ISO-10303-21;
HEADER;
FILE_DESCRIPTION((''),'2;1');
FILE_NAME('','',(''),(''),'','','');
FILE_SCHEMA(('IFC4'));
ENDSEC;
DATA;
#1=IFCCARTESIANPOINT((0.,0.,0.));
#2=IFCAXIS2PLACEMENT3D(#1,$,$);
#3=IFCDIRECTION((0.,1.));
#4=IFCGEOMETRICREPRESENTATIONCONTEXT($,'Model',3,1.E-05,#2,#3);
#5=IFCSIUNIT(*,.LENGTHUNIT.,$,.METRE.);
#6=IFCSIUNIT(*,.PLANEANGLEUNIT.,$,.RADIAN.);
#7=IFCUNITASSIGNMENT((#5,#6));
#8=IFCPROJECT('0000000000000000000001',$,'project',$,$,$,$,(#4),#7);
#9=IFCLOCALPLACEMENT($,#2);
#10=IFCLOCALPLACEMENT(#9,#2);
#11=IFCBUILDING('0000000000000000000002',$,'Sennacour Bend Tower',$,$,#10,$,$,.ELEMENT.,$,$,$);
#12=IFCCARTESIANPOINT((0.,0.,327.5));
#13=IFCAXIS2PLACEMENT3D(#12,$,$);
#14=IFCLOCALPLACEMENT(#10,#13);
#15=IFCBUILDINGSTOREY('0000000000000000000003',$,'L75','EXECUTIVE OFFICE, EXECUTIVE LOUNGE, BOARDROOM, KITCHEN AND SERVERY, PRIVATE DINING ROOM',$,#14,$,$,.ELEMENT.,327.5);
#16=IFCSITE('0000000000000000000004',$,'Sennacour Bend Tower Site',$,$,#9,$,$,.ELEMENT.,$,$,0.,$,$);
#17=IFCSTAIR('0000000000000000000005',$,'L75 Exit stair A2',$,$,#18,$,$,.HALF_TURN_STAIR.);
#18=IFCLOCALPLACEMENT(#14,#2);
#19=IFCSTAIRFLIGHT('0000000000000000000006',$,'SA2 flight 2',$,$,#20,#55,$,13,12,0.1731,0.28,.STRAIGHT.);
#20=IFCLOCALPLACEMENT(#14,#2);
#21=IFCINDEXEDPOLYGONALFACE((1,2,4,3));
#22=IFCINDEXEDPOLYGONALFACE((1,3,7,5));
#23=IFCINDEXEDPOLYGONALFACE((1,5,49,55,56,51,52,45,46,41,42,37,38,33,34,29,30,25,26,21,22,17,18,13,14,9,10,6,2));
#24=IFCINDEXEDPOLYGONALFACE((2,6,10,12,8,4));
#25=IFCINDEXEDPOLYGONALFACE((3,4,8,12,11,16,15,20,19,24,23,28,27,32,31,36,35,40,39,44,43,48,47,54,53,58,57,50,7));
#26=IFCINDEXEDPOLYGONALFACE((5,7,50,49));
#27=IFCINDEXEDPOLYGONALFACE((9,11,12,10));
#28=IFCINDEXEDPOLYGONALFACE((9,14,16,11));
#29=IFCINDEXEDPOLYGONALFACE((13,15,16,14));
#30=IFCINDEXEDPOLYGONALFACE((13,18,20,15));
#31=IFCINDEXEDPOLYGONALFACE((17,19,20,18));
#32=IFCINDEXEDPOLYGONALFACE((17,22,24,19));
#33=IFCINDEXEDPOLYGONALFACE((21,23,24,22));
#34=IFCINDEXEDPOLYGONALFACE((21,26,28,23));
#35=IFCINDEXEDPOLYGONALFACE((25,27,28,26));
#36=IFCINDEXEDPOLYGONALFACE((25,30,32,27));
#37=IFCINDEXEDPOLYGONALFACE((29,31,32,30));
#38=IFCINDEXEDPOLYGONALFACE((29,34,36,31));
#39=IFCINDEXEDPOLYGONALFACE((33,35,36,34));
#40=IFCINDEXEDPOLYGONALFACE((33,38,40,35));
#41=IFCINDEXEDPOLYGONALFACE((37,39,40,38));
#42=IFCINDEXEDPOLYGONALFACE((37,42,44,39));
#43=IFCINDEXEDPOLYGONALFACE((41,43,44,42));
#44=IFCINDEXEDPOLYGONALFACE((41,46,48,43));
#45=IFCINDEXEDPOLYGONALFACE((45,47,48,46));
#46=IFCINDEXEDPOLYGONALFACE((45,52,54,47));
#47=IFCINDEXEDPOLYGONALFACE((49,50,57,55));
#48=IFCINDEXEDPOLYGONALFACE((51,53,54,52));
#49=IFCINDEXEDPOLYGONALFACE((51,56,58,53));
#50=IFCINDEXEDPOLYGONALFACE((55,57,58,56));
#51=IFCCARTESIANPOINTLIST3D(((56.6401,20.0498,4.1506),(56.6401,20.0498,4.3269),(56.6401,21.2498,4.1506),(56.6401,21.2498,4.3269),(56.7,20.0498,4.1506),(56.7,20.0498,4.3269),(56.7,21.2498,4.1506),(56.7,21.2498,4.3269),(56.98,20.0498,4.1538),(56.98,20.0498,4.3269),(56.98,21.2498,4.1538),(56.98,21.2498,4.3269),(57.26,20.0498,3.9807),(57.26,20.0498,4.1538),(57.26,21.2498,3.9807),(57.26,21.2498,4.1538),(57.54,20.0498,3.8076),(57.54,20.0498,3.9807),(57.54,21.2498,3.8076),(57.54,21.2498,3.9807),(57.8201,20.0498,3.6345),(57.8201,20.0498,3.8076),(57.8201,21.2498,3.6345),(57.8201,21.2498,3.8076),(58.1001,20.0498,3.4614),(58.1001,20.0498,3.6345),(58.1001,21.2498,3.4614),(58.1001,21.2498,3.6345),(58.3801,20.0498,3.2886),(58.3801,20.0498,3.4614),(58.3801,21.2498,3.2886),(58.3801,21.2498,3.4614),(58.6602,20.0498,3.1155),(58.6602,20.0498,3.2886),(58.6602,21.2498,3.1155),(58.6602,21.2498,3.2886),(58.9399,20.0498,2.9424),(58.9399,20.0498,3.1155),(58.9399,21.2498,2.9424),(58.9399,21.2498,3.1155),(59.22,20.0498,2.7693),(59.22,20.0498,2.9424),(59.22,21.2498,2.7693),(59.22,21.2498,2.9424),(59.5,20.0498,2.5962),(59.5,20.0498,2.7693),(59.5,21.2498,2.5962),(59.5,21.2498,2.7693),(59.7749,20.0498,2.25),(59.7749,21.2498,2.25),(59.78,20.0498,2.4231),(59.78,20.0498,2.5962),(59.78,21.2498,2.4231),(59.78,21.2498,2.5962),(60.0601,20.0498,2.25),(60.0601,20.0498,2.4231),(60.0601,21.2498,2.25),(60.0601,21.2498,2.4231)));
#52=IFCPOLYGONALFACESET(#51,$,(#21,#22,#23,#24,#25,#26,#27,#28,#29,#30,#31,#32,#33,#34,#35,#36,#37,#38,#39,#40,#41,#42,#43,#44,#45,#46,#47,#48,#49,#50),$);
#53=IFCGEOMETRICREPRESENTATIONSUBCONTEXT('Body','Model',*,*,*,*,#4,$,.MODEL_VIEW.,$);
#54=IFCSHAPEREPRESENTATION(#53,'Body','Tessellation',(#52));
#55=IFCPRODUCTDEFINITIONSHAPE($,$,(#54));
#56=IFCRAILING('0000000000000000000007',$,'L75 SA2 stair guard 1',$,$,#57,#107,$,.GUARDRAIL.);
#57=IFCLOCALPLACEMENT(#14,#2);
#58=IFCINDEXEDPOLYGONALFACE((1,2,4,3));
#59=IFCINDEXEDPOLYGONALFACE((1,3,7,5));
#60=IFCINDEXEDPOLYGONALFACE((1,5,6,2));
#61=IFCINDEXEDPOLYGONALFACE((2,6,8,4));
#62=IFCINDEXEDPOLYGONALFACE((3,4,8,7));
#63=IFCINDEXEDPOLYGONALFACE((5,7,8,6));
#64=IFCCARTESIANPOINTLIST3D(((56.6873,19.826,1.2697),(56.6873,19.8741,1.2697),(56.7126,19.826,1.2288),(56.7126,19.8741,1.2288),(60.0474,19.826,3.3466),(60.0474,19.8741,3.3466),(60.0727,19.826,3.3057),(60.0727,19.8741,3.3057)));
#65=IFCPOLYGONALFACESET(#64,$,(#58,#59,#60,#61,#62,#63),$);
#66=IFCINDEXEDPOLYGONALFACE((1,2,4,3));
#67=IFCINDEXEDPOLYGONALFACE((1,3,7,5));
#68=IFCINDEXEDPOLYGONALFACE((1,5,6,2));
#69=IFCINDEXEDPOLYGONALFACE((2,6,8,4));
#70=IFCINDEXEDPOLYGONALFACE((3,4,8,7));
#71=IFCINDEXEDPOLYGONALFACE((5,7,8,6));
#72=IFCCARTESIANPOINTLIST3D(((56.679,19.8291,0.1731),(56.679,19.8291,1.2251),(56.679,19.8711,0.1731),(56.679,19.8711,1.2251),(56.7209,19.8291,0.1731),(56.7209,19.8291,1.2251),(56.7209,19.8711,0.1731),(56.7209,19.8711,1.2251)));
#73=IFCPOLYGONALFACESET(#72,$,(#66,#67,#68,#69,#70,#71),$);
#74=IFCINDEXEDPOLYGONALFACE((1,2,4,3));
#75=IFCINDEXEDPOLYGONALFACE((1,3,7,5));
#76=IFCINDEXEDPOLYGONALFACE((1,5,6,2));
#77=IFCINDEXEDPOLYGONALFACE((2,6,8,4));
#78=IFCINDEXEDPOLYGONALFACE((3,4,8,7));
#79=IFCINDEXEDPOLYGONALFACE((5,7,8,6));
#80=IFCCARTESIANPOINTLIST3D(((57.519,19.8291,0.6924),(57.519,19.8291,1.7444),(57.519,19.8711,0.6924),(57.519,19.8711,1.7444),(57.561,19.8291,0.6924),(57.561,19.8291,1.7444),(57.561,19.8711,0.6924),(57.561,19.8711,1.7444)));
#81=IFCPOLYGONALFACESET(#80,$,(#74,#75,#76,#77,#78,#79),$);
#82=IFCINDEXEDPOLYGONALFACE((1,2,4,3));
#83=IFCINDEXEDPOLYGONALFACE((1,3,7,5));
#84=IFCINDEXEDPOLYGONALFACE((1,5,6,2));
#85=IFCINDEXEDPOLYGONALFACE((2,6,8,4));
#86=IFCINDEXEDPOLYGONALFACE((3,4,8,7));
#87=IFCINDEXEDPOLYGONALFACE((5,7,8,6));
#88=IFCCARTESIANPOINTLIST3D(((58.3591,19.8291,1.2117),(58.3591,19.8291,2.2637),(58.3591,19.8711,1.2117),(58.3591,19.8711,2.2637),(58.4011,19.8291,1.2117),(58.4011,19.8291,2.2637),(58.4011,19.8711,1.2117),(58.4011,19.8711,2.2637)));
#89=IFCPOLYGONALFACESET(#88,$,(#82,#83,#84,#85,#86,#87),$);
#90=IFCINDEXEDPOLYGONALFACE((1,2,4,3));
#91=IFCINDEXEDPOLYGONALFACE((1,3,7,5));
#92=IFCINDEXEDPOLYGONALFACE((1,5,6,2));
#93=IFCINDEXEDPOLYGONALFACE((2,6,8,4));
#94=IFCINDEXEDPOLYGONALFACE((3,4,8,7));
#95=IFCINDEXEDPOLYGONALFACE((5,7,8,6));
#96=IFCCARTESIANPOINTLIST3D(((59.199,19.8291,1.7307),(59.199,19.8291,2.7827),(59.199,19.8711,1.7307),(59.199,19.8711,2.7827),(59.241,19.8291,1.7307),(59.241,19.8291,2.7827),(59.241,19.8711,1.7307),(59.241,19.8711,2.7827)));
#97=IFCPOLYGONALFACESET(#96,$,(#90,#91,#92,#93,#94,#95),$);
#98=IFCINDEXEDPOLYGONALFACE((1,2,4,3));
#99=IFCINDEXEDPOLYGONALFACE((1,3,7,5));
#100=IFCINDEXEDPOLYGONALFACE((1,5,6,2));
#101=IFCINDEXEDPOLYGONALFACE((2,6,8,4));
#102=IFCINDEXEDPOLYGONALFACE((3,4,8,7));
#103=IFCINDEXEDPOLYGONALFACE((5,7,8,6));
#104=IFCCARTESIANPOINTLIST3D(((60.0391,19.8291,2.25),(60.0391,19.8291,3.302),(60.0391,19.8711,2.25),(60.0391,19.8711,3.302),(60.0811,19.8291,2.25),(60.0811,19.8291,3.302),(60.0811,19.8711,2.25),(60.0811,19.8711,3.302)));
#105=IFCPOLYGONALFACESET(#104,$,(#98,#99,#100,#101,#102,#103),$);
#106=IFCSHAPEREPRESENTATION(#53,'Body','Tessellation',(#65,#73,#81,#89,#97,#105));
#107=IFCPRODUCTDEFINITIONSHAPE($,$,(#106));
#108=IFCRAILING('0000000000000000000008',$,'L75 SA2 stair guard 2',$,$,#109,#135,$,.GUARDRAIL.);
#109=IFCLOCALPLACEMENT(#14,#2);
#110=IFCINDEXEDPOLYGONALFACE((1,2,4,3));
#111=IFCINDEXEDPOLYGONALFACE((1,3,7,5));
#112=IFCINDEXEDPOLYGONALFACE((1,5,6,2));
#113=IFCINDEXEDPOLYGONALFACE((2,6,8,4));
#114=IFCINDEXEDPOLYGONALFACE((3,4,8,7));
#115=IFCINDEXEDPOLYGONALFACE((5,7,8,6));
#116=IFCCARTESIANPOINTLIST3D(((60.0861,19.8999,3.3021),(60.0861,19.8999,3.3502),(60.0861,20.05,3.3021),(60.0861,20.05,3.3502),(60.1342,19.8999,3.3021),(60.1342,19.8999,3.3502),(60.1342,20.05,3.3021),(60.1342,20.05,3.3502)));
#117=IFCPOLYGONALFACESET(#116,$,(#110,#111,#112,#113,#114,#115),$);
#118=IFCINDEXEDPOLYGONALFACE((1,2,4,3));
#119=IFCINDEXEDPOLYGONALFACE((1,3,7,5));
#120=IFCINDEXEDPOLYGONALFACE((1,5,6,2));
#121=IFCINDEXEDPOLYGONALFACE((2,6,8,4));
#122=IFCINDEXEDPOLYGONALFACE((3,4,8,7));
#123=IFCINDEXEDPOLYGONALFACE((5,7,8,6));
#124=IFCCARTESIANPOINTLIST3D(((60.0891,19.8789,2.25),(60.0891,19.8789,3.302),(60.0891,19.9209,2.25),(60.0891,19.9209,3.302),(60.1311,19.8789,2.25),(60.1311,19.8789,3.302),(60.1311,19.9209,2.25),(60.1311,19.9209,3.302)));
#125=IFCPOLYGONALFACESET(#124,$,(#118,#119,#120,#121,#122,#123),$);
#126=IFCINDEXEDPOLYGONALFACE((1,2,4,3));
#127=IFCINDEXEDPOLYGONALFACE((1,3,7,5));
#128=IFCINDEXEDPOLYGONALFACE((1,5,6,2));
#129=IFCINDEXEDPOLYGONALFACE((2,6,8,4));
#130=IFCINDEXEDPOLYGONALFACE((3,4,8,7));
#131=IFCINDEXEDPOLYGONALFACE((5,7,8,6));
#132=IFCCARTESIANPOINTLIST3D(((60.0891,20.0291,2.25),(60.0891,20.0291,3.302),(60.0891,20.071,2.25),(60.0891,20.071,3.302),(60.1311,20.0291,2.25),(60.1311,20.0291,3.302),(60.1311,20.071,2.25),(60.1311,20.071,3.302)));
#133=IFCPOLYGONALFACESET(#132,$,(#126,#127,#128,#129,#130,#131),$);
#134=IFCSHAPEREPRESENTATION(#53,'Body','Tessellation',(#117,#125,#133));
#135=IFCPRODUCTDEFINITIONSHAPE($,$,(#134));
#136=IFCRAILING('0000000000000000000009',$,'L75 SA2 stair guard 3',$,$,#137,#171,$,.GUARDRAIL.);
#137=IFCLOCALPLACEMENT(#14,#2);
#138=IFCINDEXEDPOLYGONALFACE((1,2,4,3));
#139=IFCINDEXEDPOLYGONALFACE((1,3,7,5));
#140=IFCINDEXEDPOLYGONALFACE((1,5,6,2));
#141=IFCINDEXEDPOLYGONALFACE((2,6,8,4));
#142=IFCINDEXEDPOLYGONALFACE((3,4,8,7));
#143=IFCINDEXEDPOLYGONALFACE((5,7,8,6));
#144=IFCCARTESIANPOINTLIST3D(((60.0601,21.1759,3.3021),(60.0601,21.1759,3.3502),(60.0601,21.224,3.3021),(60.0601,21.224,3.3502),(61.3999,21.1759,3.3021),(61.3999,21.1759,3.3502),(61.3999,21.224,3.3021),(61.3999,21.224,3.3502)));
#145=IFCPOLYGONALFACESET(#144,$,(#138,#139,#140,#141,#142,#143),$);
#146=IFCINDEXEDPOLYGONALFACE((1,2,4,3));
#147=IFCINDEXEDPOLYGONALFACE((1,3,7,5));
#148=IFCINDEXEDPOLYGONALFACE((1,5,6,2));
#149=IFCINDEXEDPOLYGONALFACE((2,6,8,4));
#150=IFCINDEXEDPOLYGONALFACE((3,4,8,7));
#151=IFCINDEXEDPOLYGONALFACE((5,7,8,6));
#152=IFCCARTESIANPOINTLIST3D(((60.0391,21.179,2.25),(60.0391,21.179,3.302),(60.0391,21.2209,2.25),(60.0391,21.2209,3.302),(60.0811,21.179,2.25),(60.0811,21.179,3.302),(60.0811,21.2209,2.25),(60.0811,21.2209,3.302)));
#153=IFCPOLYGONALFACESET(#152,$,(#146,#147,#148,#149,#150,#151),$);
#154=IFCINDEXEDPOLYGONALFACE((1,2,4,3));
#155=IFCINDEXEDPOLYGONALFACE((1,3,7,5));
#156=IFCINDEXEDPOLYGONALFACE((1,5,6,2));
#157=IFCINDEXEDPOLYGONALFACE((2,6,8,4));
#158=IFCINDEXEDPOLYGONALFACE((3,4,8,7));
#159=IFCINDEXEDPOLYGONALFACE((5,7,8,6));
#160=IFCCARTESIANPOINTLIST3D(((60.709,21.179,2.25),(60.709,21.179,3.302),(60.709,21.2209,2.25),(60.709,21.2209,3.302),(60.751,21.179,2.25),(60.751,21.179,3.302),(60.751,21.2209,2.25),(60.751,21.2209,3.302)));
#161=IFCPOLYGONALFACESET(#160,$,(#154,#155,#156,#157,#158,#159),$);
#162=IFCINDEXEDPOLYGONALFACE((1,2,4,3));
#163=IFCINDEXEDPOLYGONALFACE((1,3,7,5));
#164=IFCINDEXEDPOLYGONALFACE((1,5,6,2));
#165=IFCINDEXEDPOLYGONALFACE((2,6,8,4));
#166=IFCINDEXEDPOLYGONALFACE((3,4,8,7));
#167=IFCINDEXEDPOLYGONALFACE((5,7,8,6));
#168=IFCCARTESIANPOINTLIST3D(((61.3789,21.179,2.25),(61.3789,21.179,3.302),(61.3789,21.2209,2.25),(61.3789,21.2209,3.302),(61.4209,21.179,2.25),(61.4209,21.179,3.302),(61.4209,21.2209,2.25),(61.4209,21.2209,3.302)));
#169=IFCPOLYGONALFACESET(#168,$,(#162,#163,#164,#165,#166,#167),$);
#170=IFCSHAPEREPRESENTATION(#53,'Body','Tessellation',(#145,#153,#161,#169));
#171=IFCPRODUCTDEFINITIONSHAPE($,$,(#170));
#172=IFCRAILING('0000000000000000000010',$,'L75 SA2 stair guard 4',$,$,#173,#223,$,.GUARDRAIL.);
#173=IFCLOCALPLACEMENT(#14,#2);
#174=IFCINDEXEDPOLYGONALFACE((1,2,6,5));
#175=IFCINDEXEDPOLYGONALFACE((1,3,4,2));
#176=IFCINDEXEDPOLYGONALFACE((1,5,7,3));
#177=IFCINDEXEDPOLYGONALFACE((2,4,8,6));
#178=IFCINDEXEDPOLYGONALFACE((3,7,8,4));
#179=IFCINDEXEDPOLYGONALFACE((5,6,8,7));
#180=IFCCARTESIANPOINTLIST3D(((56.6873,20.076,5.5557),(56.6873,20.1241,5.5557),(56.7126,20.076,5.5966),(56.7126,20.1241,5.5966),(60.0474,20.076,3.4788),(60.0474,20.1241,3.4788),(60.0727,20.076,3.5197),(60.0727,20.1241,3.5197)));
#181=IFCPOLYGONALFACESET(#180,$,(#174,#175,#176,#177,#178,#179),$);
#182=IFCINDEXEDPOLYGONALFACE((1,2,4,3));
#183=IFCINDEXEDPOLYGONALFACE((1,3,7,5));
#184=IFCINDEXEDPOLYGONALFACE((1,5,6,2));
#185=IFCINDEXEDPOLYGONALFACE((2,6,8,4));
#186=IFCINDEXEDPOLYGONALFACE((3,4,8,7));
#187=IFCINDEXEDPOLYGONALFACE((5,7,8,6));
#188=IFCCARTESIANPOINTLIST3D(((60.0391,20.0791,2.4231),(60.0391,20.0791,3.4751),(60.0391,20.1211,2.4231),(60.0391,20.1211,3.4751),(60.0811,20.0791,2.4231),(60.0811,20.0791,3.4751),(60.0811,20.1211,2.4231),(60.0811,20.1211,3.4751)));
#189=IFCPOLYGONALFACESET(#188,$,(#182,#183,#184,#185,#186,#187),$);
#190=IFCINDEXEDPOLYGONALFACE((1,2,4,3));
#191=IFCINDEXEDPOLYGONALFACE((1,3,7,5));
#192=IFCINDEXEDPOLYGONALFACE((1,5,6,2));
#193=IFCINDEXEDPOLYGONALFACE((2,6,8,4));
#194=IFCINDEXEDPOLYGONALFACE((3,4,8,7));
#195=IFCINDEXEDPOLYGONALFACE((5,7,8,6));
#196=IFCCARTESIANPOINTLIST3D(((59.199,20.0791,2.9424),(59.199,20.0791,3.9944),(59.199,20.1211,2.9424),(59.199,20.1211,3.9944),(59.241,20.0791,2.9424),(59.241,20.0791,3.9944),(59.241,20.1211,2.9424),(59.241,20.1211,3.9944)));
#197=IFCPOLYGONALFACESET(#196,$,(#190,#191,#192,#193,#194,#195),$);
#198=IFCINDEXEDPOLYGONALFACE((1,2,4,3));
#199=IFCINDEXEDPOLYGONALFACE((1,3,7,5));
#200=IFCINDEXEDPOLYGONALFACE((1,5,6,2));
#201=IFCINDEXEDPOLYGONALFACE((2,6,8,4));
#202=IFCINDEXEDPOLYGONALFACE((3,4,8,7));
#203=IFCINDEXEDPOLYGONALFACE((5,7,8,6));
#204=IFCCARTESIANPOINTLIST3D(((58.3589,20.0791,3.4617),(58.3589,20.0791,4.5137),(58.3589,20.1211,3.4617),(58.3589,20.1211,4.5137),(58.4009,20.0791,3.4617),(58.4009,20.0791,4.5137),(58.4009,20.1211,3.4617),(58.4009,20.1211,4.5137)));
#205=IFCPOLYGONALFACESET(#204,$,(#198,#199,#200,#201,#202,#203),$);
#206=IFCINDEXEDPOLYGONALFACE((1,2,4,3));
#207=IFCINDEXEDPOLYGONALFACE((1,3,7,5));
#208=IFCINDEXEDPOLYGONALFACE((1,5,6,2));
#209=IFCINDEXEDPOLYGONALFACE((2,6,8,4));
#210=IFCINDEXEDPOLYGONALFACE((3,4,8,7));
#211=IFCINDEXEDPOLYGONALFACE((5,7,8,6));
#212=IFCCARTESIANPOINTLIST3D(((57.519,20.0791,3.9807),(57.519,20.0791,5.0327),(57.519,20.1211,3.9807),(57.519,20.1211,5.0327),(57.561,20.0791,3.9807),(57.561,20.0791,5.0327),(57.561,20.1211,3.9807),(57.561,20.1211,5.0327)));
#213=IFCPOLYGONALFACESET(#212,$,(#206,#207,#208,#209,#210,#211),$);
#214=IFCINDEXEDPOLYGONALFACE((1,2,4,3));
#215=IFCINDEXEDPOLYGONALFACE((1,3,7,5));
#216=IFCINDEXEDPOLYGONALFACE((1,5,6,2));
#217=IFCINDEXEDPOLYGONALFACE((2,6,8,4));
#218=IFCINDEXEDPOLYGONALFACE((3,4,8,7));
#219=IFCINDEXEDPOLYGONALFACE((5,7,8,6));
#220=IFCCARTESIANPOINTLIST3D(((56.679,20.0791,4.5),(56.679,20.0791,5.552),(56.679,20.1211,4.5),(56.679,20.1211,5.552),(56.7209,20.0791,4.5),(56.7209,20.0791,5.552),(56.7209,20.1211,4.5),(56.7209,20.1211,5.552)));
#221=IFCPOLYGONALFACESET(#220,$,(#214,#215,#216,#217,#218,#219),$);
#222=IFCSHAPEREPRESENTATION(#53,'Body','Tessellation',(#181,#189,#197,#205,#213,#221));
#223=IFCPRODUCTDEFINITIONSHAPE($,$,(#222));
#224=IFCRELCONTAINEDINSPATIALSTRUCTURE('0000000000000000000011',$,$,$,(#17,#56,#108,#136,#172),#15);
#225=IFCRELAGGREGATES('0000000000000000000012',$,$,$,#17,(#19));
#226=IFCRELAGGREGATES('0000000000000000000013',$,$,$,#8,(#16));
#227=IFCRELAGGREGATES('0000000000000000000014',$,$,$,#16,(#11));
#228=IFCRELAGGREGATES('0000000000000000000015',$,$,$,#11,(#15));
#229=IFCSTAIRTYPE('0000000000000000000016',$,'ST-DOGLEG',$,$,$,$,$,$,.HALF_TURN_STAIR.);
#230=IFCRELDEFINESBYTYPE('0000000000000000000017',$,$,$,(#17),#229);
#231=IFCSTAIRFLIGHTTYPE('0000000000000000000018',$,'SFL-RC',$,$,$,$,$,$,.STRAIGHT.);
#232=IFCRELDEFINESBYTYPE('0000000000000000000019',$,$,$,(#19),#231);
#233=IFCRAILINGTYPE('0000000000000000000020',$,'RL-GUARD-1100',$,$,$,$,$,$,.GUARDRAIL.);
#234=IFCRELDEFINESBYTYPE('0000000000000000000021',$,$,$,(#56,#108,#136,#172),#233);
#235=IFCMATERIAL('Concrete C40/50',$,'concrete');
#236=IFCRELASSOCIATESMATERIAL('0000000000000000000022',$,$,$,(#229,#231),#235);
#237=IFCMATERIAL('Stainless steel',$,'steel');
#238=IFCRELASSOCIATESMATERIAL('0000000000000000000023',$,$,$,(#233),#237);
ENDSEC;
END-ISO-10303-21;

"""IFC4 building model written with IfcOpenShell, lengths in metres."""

from ifc_helpers import new_model, si_unit, direction, frame, origin, origin_2d, place, context, subcontext, project, spatial, polyline, rectangle, outline, extrude, material, type_object, element, aggregate, save


model = new_model("IFC4")

# Units and contexts
model_context = context("Model", 3, precision=1e-05, world=origin(), true_north=direction((0.0, 1.0)))
body_context = subcontext(model_context, "Body", "Model", "MODEL_VIEW")
ifc_project = project(units=[si_unit("LENGTHUNIT", "METRE"), si_unit("PLANEANGLEUNIT", "RADIAN")], contexts=[model_context])

# Site, building, storey
site_placement = place(None, origin())
site = spatial("IfcSite", under=ifc_project, at=site_placement, Name="Sennacour Bend Tower Site", CompositionType="ELEMENT", RefElevation=0.0)
building_placement = place(site_placement, origin())
building = spatial("IfcBuilding", under=site, at=building_placement, Name="Sennacour Bend Tower", CompositionType="ELEMENT")
storey_placement = place(building_placement, frame((0.0, 0.0, 327.5)))
storey = spatial("IfcBuildingStorey", under=building, at=storey_placement, Name="L75", Description="EXECUTIVE OFFICE, EXECUTIVE LOUNGE, BOARDROOM, KITCHEN AND SERVERY, PRIVATE DINING ROOM", CompositionType="ELEMENT", Elevation=327.5)

# Stair, stair flight
ifc_material_1 = material(Name="Concrete C40/50", Category="concrete")
stair_type = type_object("IfcStairType", Name="ST-DOGLEG", PredefinedType="HALF_TURN_STAIR", material=ifc_material_1)
stair_placement = place(storey_placement, origin())
stair = element("IfcStair", 1, at=stair_placement, inside=storey, type_object=stair_type, Name="L75 Exit stair A2", PredefinedType="HALF_TURN_STAIR")
stair_flight_type = type_object("IfcStairFlightType", Name="SFL-RC", PredefinedType="STRAIGHT", material=ifc_material_1)
stair_flight_1_placement = place(storey_placement, frame((60.0601, 20.6499, 2.25), z_axis=(0.0, 0.0, 1.0), x_axis=(-1.0, 0.0, 0.0)))
stair_flight_1 = element("IfcStairFlight", 2, at=stair_flight_1_placement, type_object=stair_flight_type, Name="SA2 flight 2", NumberOfRisers=13, NumberOfTreads=12, PredefinedType="STRAIGHT", RiserHeight=0.1731, TreadLength=0.28, context=body_context, shape_type="SweptSolid", body=[
    extrude(outline(polyline([(0.0, 0.0), (0.0, 0.1731), (0.28, 0.1731), (0.28, 0.3462), (0.5601, 0.3462), (0.5601, 0.5193), (0.8401, 0.5193), (0.8401, 0.6924), (1.1201, 0.6924), (1.1201, 0.8655), (1.3999, 0.8655), (1.3999, 1.0386), (1.6799, 1.0386), (1.6799, 1.2114), (1.96, 1.2114), (1.96, 1.3845), (2.24, 1.3845), (2.24, 1.5576), (2.52, 1.5576), (2.52, 1.7307), (2.8, 1.7307), (2.8, 1.9038), (3.0801, 1.9038), (3.0801, 2.0769), (3.3601, 2.0769), (3.4199, 2.0769), (3.4199, 1.9006), (3.3601, 1.9006), (0.2852, 0.0), (0.0, 0.0)])), frame((0.0, 0.6001, 0.0), z_axis=(0.0, -1.0, 0.0), x_axis=(1.0, 0.0, 0.0)), (0.0, 0.0, 1.0), 1.2),
])
aggregate(stair, [stair_flight_1])

# Railings
ifc_material_2 = material(Name="Stainless steel", Category="steel")
railing_type_1 = type_object("IfcRailingType", Name="RL-GUARD-1100", PredefinedType="GUARDRAIL", material=ifc_material_2)
railing_1_placement = place(storey_placement, frame((56.7, 19.8501, 0.1731)))
element("IfcRailing", 3, at=railing_1_placement, inside=storey, type_object=railing_type_1, Name="L75 SA2 stair guard 1", PredefinedType="GUARDRAIL", context=body_context, shape_type="SweptSolid", body=[
    extrude(rectangle(XDim=0.0481, YDim=0.0481, at=origin_2d()), frame((0.0, 0.0, 1.0762), z_axis=(0.850623, 0.0, 0.525776), x_axis=(0.0, 1.0, 0.0)), (0.0, 0.0, 1.0), 3.9502),
    extrude(rectangle(XDim=0.042, YDim=0.042, at=origin_2d()), origin(), (0.0, 0.0, 1.0), 1.052),
    extrude(rectangle(XDim=0.042, YDim=0.042, at=origin_2d()), frame((0.8401, 0.0, 0.5193)), (0.0, 0.0, 1.0), 1.052),
    extrude(rectangle(XDim=0.042, YDim=0.042, at=origin_2d()), frame((1.6802, 0.0, 1.0386)), (0.0, 0.0, 1.0), 1.052),
    extrude(rectangle(XDim=0.042, YDim=0.042, at=origin_2d()), frame((2.52, 0.0, 1.5576)), (0.0, 0.0, 1.0), 1.052),
    extrude(rectangle(XDim=0.042, YDim=0.042, at=origin_2d()), frame((3.3601, 0.0, 2.0769)), (0.0, 0.0, 1.0), 1.052),
])
railing_2_placement = place(storey_placement, frame((60.1101, 19.8999, 2.25)))
element("IfcRailing", 4, at=railing_2_placement, inside=storey, type_object=railing_type_1, Name="L75 SA2 stair guard 2", PredefinedType="GUARDRAIL", context=body_context, shape_type="SweptSolid", body=[
    extrude(rectangle(XDim=0.0481, YDim=0.0481, at=origin_2d()), frame((0.0, 0.0, 1.0762), z_axis=(0.0, 1.0, 0.0), x_axis=(-1.0, 0.0, 0.0)), (0.0, 0.0, 1.0), 0.1501),
    extrude(rectangle(XDim=0.042, YDim=0.042, at=origin_2d()), origin(), (0.0, 0.0, 1.0), 1.052),
    extrude(rectangle(XDim=0.042, YDim=0.042, at=origin_2d()), frame((0.0, 0.1501, 0.0)), (0.0, 0.0, 1.0), 1.052),
])
railing_3_placement = place(storey_placement, frame((60.0601, 21.2, 2.25)))
element("IfcRailing", 5, at=railing_3_placement, inside=storey, type_object=railing_type_1, Name="L75 SA2 stair guard 3", PredefinedType="GUARDRAIL", context=body_context, shape_type="SweptSolid", body=[
    extrude(rectangle(XDim=0.0481, YDim=0.0481, at=origin_2d()), frame((0.0, 0.0, 1.0762), z_axis=(1.0, 0.0, 0.0), x_axis=(0.0, 1.0, 0.0)), (0.0, 0.0, 1.0), 1.3398),
    extrude(rectangle(XDim=0.042, YDim=0.042, at=origin_2d()), origin(), (0.0, 0.0, 1.0), 1.052),
    extrude(rectangle(XDim=0.042, YDim=0.042, at=origin_2d()), frame((0.6699, 0.0, 0.0)), (0.0, 0.0, 1.0), 1.052),
    extrude(rectangle(XDim=0.042, YDim=0.042, at=origin_2d()), frame((1.3398, 0.0, 0.0)), (0.0, 0.0, 1.0), 1.052),
])
railing_4_placement = place(storey_placement, frame((60.0601, 20.1001, 2.4231)))
element("IfcRailing", 6, at=railing_4_placement, inside=storey, type_object=railing_type_1, Name="L75 SA2 stair guard 4", PredefinedType="GUARDRAIL", context=body_context, shape_type="SweptSolid", body=[
    extrude(rectangle(XDim=0.0481, YDim=0.0481, at=origin_2d()), frame((0.0, 0.0, 1.0762), z_axis=(-0.850623, 0.0, 0.525776), x_axis=(0.0, -1.0, 0.0)), (0.0, 0.0, 1.0), 3.9502),
    extrude(rectangle(XDim=0.042, YDim=0.042, at=origin_2d()), origin(), (0.0, 0.0, 1.0), 1.052),
    extrude(rectangle(XDim=0.042, YDim=0.042, at=origin_2d()), frame((-0.8401, 0.0, 0.5193)), (0.0, 0.0, 1.0), 1.052),
    extrude(rectangle(XDim=0.042, YDim=0.042, at=origin_2d()), frame((-1.6802, 0.0, 1.0386)), (0.0, 0.0, 1.0), 1.052),
    extrude(rectangle(XDim=0.042, YDim=0.042, at=origin_2d()), frame((-2.52, 0.0, 1.5576)), (0.0, 0.0, 1.0), 1.052),
    extrude(rectangle(XDim=0.042, YDim=0.042, at=origin_2d()), frame((-3.3601, 0.0, 2.0769)), (0.0, 0.0, 1.0), 1.052),
])

save(model, "model.ifc")
